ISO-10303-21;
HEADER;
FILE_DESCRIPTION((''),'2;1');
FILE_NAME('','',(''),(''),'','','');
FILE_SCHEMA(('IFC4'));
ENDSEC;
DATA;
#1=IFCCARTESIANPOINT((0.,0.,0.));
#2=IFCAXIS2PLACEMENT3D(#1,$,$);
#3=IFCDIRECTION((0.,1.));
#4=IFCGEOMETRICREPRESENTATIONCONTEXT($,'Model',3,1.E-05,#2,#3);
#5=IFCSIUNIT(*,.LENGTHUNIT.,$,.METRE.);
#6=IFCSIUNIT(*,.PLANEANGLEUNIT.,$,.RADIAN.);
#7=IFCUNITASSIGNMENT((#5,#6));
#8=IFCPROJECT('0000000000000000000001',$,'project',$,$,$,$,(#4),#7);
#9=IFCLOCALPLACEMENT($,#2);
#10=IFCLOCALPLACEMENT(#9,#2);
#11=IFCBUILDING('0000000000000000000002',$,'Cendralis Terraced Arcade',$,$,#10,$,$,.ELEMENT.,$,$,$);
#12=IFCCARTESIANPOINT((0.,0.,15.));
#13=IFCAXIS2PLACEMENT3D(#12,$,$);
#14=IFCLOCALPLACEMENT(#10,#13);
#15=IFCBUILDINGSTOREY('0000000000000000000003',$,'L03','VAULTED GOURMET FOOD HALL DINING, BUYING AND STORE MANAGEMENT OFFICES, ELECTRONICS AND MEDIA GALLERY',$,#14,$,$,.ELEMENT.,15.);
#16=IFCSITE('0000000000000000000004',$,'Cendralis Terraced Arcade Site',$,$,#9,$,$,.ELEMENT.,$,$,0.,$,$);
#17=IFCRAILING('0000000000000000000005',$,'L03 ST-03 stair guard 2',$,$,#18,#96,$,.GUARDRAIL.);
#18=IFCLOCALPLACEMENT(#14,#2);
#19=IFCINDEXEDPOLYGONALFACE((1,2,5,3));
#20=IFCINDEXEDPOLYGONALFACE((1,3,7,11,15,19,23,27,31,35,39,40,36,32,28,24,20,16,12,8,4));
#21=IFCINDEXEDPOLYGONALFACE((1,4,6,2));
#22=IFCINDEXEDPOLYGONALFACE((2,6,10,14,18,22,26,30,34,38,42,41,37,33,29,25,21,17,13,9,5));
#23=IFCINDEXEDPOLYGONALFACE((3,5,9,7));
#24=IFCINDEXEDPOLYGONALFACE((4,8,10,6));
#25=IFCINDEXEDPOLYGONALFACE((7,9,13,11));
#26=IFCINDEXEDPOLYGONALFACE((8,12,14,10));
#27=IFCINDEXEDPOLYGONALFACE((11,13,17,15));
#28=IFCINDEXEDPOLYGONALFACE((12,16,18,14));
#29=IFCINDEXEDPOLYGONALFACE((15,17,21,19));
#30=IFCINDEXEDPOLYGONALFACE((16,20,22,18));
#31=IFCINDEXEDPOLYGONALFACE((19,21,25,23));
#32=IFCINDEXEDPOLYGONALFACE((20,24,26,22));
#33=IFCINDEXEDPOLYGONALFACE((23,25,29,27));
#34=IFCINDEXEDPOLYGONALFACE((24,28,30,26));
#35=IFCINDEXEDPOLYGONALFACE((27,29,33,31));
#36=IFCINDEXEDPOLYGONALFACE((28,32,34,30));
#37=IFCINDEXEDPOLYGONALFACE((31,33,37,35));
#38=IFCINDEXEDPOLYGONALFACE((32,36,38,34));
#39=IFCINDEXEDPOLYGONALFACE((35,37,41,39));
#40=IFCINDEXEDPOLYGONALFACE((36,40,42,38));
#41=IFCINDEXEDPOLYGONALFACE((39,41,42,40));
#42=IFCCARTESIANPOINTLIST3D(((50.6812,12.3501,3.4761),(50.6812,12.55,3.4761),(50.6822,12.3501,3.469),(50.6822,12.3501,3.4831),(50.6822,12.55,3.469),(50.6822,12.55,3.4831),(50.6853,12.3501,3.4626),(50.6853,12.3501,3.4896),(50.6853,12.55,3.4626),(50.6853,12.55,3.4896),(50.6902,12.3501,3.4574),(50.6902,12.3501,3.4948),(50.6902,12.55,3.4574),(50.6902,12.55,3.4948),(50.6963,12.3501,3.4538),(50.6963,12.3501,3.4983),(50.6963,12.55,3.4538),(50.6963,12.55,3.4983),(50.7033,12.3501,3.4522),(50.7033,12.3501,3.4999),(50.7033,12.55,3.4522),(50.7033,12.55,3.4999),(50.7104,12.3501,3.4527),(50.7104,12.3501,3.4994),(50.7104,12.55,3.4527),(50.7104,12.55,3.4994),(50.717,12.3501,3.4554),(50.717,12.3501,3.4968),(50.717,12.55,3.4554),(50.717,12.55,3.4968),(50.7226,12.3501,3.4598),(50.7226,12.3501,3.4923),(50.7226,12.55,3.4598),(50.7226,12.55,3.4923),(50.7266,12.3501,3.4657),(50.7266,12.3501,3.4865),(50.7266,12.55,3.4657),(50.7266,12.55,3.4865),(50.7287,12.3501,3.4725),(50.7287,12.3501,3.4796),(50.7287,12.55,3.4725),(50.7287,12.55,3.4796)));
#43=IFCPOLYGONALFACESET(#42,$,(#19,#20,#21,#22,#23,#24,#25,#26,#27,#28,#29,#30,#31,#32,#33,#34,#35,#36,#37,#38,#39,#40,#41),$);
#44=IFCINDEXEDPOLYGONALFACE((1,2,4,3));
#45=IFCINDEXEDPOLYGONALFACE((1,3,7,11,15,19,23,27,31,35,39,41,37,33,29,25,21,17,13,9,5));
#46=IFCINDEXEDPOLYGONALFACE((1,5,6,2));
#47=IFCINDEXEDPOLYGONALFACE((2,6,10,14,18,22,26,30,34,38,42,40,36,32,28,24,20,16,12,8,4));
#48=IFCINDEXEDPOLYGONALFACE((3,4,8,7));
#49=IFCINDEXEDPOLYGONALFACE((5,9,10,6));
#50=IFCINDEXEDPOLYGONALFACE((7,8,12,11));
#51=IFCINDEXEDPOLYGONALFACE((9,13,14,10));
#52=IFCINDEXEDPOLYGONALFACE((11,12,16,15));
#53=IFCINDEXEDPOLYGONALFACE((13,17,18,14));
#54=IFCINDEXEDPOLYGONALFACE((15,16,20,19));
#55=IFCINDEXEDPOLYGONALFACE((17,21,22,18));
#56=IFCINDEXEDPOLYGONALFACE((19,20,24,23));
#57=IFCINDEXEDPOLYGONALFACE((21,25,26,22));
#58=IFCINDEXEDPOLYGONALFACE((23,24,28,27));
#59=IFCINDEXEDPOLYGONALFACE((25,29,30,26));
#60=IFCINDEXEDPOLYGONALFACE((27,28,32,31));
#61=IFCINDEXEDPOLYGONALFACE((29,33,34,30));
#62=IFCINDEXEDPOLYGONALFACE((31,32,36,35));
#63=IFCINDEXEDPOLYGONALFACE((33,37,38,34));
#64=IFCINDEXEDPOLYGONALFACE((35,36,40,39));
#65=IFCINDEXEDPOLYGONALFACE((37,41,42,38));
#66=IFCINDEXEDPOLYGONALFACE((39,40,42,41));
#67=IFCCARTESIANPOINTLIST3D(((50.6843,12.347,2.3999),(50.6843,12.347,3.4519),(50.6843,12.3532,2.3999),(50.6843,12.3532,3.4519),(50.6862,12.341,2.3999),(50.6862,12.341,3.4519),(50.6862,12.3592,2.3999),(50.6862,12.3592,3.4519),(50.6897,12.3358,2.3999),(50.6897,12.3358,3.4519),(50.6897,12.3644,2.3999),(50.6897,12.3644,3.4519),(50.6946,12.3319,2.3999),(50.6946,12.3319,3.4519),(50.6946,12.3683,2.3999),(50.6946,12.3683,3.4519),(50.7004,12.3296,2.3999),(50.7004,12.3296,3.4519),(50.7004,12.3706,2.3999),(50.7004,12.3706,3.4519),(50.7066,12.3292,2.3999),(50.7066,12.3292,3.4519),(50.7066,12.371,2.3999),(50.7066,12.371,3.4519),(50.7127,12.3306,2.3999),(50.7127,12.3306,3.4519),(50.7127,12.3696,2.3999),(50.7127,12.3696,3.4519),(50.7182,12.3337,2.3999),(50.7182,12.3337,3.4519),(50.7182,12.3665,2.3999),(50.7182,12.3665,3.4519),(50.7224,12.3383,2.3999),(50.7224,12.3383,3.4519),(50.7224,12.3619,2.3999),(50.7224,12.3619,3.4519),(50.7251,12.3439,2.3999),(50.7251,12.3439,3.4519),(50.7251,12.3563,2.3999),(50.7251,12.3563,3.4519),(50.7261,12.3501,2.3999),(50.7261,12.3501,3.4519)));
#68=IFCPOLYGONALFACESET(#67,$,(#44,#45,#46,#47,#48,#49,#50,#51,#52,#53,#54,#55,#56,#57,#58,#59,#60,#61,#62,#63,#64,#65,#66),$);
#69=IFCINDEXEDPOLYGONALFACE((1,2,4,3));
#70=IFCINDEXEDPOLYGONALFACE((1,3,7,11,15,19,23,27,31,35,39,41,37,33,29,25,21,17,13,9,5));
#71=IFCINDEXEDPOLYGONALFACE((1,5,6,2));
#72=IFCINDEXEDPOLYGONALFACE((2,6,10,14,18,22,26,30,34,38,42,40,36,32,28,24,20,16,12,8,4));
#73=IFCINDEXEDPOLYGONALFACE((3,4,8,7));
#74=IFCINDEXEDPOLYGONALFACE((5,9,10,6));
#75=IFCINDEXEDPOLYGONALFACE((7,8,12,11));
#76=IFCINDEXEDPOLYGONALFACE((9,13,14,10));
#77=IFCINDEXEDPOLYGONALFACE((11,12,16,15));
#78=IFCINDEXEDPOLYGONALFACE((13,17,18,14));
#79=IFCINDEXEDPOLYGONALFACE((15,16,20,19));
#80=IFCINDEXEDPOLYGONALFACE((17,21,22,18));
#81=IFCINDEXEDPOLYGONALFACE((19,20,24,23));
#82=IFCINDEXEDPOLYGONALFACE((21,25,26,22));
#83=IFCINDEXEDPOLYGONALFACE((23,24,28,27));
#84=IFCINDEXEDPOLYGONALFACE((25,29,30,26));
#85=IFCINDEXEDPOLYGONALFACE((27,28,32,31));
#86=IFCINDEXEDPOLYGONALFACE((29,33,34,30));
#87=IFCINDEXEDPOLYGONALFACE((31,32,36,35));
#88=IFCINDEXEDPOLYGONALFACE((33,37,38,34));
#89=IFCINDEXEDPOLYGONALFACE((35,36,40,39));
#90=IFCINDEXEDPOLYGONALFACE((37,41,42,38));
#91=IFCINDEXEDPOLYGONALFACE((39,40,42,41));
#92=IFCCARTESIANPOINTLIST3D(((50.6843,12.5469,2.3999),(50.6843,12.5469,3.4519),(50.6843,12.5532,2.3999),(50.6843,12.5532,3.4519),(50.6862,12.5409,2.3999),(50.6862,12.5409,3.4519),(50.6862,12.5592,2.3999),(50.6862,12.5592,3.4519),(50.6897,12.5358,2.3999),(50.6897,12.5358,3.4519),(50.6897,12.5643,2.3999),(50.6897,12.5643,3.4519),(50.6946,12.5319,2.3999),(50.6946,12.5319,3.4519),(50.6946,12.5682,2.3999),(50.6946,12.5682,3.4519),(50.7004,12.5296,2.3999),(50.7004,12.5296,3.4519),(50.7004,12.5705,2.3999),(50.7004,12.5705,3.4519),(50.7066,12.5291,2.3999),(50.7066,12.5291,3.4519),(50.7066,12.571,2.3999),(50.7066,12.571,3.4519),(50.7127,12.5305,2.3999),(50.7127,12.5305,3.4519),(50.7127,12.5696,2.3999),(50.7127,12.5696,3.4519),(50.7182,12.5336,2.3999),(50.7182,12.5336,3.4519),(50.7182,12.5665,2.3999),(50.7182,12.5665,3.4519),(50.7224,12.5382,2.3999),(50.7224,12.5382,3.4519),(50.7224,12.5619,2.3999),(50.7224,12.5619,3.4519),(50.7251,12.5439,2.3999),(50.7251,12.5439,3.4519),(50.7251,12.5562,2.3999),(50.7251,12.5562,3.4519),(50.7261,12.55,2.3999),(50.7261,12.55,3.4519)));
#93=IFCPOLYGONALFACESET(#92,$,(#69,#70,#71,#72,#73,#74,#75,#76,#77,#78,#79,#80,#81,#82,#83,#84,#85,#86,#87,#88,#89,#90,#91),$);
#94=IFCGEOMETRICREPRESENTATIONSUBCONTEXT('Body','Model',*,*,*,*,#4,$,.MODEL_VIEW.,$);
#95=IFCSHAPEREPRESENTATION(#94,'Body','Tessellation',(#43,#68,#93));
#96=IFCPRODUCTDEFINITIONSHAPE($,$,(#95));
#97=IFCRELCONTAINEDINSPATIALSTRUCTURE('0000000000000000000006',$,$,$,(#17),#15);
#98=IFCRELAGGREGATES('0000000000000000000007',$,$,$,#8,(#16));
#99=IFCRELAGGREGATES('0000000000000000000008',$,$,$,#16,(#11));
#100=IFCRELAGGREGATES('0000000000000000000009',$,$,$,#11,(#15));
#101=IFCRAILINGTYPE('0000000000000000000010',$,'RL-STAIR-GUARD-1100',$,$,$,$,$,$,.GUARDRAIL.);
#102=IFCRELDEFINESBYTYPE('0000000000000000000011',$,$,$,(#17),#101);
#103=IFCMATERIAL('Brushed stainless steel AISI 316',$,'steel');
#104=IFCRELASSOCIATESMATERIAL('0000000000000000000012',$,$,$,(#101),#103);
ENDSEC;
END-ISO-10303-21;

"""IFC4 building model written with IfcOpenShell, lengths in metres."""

from ifc_helpers import new_model, si_unit, direction, frame, origin, origin_2d, place, context, subcontext, project, spatial, circle, extrude, material, type_object, element, save


model = new_model("IFC4")

# Units and contexts
model_context = context("Model", 3, precision=1e-05, world=origin(), true_north=direction((0.0, 1.0)))
body_context = subcontext(model_context, "Body", "Model", "MODEL_VIEW")
ifc_project = project(units=[si_unit("LENGTHUNIT", "METRE"), si_unit("PLANEANGLEUNIT", "RADIAN")], contexts=[model_context])

# Site, building, storey
site_placement = place(None, origin())
site = spatial("IfcSite", under=ifc_project, at=site_placement, Name="Cendralis Terraced Arcade Site", CompositionType="ELEMENT", RefElevation=0.0)
building_placement = place(site_placement, origin())
building = spatial("IfcBuilding", under=site, at=building_placement, Name="Cendralis Terraced Arcade", CompositionType="ELEMENT")
storey_placement = place(building_placement, frame((0.0, 0.0, 15.0)))
storey = spatial("IfcBuildingStorey", under=building, at=storey_placement, Name="L03", Description="VAULTED GOURMET FOOD HALL DINING, BUYING AND STORE MANAGEMENT OFFICES, ELECTRONICS AND MEDIA GALLERY", CompositionType="ELEMENT", Elevation=15.0)

# Railing
ifc_material_1 = material(Name="Brushed stainless steel AISI 316", Category="steel")
railing_type_1 = type_object("IfcRailingType", Name="RL-STAIR-GUARD-1100", PredefinedType="GUARDRAIL", material=ifc_material_1)
railing_1_placement = place(storey_placement, frame((50.7051, 12.3501, 2.3999)))
element("IfcRailing", 1, at=railing_1_placement, inside=storey, type_object=railing_type_1, Name="L03 ST-03 stair guard 2", PredefinedType="GUARDRAIL", context=body_context, shape_type="SweptSolid", body=[
    extrude(circle(Radius=0.0239, at=origin_2d()), frame((0.0, 0.0, 1.0762), z_axis=(0.0, 1.0, 0.0), x_axis=(-1.0, 0.0, 0.0)), (0.0, 0.0, 1.0), 0.2),
    extrude(circle(Radius=0.021, at=origin_2d()), origin(), (0.0, 0.0, 1.0), 1.052),
    extrude(circle(Radius=0.021, at=origin_2d()), frame((0.0, 0.2, 0.0)), (0.0, 0.0, 1.0), 1.052),
])

save(model, "model.ifc")
